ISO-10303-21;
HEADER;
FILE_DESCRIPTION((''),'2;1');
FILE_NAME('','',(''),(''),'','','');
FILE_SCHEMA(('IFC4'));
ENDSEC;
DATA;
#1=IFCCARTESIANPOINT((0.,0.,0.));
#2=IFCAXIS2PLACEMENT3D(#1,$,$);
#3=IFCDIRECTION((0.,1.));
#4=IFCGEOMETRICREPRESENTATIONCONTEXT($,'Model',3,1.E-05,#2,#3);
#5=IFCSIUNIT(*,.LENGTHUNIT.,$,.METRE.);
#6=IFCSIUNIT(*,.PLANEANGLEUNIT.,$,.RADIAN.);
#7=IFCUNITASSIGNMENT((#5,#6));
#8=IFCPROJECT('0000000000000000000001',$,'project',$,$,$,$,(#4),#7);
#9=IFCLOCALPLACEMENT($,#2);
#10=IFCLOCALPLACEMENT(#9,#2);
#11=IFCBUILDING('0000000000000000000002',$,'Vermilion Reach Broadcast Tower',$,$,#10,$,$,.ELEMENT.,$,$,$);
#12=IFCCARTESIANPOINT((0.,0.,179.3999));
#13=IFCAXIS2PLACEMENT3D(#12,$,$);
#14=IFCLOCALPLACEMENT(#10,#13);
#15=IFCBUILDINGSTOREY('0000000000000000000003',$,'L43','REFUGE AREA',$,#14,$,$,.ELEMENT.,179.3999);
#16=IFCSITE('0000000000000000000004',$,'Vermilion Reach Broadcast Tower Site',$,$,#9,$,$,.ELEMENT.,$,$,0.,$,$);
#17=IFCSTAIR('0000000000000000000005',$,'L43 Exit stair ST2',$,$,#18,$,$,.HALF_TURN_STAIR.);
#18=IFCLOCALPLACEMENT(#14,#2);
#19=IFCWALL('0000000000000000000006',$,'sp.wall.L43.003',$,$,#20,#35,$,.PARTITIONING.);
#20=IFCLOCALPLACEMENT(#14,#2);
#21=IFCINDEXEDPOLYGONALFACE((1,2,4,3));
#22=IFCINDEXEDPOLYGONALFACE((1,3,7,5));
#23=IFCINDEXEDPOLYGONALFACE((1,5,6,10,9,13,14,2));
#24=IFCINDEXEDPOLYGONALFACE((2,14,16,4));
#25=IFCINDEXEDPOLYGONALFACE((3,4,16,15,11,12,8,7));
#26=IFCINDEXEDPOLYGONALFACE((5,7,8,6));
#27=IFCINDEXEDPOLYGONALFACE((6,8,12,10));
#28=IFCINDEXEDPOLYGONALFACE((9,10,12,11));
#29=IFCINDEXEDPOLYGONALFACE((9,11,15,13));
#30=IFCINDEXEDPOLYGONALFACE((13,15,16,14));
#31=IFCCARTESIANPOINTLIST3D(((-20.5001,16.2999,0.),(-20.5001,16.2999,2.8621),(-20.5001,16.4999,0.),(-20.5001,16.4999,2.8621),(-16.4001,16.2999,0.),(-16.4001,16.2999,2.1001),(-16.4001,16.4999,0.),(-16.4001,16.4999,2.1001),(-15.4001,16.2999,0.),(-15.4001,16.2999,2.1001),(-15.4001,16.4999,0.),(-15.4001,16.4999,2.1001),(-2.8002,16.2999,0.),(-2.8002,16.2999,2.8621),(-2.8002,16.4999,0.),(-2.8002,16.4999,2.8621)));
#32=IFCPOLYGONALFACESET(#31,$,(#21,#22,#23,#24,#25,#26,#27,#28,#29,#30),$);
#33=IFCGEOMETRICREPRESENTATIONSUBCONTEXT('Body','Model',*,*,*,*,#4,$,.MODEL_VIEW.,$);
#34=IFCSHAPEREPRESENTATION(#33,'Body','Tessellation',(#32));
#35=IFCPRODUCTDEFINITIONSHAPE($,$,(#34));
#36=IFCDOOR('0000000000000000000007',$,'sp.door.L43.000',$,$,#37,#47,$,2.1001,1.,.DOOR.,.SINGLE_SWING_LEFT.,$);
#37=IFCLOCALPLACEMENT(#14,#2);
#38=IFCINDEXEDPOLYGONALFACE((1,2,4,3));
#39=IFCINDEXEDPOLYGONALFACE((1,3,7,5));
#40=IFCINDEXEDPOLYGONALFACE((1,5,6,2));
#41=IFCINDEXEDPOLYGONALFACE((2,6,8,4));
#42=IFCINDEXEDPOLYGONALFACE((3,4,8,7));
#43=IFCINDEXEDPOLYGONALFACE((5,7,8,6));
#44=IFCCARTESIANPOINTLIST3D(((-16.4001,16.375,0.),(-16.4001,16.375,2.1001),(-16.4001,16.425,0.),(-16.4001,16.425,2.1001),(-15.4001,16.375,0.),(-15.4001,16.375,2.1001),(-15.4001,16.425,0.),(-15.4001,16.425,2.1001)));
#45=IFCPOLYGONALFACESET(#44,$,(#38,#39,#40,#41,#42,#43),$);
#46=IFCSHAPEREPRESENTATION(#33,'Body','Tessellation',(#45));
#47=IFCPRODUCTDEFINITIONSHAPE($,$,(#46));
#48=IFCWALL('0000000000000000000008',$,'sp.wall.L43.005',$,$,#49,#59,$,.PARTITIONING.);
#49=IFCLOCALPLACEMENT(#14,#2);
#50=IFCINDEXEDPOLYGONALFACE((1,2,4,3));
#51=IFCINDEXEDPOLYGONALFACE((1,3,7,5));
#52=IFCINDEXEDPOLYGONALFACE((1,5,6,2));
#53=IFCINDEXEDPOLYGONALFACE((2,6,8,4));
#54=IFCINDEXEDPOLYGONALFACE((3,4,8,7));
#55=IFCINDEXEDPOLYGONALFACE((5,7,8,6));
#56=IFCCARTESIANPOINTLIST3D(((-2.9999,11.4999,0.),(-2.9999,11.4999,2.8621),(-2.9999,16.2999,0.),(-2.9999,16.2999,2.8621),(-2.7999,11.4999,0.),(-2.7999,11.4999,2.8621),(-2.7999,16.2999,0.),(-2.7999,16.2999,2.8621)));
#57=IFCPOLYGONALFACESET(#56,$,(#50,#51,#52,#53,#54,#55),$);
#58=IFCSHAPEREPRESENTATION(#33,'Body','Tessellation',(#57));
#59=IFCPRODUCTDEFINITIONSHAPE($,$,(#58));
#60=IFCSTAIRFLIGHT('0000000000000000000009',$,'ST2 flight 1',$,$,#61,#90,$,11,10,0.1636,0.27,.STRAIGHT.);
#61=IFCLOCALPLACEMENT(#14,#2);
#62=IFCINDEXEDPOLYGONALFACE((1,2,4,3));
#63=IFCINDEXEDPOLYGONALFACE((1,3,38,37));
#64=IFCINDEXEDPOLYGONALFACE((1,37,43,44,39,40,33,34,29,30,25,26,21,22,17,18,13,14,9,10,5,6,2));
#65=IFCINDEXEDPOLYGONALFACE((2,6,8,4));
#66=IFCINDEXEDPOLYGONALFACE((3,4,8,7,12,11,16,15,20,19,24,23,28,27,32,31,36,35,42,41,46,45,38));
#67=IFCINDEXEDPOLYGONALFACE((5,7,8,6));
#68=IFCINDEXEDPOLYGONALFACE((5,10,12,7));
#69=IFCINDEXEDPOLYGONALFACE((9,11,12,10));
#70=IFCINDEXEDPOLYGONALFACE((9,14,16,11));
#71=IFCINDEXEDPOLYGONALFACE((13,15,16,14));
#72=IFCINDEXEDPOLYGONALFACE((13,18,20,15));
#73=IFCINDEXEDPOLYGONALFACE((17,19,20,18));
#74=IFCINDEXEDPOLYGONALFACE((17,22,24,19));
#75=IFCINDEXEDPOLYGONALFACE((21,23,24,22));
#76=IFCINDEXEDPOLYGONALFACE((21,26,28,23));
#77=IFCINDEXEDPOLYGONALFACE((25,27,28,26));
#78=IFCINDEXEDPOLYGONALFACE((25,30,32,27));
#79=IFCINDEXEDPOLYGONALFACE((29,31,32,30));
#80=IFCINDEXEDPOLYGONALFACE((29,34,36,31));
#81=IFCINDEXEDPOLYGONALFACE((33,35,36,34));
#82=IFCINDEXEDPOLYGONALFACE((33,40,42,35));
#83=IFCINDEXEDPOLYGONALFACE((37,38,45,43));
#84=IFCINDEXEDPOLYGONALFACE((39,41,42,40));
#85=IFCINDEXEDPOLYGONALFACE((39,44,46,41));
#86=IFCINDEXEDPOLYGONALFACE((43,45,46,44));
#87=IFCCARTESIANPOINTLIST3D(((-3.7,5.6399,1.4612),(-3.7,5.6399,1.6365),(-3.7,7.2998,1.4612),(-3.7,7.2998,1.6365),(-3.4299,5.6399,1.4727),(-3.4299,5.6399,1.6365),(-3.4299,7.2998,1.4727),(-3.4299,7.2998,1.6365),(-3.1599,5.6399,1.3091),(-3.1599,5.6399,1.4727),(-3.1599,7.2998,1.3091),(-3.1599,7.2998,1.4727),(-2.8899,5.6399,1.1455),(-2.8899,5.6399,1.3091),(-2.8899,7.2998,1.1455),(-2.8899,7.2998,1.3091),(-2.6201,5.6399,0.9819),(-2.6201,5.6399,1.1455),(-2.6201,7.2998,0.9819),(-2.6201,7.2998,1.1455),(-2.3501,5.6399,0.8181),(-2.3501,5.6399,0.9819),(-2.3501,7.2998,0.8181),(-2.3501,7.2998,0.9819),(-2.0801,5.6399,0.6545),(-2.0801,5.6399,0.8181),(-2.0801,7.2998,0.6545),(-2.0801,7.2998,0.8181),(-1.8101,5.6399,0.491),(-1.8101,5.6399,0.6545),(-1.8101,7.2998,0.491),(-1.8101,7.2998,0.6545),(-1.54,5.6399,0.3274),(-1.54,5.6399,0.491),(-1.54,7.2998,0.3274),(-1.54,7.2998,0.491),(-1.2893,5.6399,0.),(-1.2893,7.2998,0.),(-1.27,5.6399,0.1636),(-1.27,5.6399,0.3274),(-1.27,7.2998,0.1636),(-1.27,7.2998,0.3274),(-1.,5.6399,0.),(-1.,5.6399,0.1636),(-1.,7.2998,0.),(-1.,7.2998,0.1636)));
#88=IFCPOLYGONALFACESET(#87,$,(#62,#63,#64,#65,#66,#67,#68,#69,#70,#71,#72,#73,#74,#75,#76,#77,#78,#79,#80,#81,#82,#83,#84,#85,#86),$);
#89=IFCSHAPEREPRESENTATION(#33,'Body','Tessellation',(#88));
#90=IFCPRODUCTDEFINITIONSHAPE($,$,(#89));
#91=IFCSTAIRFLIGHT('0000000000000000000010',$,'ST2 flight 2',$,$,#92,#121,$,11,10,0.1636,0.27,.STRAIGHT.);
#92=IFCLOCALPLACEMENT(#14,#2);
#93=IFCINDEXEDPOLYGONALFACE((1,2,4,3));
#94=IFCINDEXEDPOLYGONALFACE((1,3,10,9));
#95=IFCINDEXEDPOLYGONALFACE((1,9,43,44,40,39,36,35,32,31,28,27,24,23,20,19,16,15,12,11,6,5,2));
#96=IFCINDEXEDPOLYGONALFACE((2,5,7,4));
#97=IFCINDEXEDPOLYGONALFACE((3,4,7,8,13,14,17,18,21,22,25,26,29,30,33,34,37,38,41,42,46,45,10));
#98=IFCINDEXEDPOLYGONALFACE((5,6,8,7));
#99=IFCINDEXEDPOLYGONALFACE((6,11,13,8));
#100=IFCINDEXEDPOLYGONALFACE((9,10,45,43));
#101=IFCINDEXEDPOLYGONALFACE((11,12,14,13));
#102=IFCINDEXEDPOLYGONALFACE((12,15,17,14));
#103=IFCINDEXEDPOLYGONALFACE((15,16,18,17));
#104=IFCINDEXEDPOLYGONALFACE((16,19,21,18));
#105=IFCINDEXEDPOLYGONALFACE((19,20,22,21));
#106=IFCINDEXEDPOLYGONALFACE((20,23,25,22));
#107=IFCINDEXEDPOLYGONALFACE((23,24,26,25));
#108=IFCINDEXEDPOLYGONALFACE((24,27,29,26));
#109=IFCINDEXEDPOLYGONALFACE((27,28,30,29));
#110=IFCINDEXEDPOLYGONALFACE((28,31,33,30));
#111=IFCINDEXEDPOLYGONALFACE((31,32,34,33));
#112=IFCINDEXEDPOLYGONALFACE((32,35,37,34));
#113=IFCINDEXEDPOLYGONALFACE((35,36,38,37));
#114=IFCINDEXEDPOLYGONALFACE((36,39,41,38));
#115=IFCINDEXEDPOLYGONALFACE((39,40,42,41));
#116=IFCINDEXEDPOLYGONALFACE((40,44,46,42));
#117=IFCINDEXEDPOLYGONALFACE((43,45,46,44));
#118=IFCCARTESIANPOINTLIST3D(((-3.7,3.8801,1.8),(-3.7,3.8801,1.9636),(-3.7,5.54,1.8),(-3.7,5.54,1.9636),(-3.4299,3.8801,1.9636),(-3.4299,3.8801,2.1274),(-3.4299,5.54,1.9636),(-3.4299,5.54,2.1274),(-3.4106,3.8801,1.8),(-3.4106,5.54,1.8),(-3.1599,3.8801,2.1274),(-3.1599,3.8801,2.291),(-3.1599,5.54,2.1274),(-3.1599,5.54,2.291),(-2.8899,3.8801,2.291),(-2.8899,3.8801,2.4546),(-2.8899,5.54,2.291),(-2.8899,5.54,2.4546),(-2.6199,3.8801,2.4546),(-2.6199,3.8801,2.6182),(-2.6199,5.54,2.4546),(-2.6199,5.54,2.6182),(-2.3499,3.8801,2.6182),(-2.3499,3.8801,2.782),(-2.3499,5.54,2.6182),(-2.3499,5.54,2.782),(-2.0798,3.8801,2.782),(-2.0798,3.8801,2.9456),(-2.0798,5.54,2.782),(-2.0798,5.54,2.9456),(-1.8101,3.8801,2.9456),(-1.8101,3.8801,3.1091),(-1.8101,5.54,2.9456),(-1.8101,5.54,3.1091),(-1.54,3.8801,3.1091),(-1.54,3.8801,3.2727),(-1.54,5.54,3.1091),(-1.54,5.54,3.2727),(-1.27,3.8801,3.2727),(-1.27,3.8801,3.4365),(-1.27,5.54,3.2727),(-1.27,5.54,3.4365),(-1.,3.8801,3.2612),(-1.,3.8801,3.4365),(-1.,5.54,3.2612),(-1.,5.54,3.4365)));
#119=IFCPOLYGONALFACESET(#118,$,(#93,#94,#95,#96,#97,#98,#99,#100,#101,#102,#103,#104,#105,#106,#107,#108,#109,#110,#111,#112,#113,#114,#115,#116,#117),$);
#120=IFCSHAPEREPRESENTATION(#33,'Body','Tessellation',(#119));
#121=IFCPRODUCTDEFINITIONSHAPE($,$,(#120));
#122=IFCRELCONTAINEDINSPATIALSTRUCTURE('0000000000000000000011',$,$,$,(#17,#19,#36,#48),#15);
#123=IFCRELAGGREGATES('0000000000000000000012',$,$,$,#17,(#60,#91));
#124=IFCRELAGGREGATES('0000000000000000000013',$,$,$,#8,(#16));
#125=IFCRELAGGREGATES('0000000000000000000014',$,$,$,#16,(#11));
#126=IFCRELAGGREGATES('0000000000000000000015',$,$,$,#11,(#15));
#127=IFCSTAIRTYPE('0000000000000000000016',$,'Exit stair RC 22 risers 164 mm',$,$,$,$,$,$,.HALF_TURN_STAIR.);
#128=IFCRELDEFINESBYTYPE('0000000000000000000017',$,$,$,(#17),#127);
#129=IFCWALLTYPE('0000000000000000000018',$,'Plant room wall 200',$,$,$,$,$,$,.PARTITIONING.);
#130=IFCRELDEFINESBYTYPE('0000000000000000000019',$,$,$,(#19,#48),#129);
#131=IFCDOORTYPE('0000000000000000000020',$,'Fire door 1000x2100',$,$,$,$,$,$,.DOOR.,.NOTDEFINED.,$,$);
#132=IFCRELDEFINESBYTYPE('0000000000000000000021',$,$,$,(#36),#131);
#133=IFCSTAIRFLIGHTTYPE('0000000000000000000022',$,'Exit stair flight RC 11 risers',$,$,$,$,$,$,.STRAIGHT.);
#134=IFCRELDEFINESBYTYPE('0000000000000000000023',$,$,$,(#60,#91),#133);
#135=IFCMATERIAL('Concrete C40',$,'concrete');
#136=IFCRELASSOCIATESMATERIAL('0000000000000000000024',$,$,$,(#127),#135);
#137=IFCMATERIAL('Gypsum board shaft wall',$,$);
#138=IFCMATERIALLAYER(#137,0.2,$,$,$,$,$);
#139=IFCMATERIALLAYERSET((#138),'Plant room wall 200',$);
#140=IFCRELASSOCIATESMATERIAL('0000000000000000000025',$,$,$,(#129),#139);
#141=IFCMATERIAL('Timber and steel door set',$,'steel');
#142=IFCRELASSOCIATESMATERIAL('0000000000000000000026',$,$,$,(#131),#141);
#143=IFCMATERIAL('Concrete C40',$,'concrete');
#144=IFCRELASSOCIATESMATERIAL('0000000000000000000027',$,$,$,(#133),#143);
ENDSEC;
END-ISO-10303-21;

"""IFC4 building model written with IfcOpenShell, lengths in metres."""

from ifc_helpers import new_model, si_unit, direction, frame, frame_2d, origin, place, context, subcontext, project, spatial, polyline, rectangle, outline, extrude, material, layer, layer_set, type_object, element, fill, aggregate, save


model = new_model("IFC4")

# Units and contexts
model_context = context("Model", 3, precision=1e-05, world=origin(), true_north=direction((0.0, 1.0)))
body_context = subcontext(model_context, "Body", "Model", "MODEL_VIEW")
ifc_project = project(units=[si_unit("LENGTHUNIT", "METRE"), si_unit("PLANEANGLEUNIT", "RADIAN")], contexts=[model_context])

# Site, building, storey
site_placement = place(None, origin())
site = spatial("IfcSite", under=ifc_project, at=site_placement, Name="Vermilion Reach Broadcast Tower Site", CompositionType="ELEMENT", RefElevation=0.0)
building_placement = place(site_placement, origin())
building = spatial("IfcBuilding", under=site, at=building_placement, Name="Vermilion Reach Broadcast Tower", CompositionType="ELEMENT")
storey_placement = place(building_placement, frame((0.0, 0.0, 179.3999)))
storey = spatial("IfcBuildingStorey", under=building, at=storey_placement, Name="L43", Description="REFUGE AREA", CompositionType="ELEMENT", Elevation=179.3999)

# Stair
ifc_material_1 = material(Name="Concrete C40", Category="concrete")
stair_type = type_object("IfcStairType", Name="Exit stair RC 22 risers 164 mm", PredefinedType="HALF_TURN_STAIR", material=ifc_material_1)
placement_1 = place(storey_placement, origin())
stair_1 = element("IfcStair", 1, at=placement_1, inside=storey, type_object=stair_type, Name="L43 Exit stair ST2", PredefinedType="HALF_TURN_STAIR")

# Wall, opening, door
ifc_material_2 = material(Name="Gypsum board shaft wall")
ifc_layer_1 = layer(ifc_material_2, 0.2)
ifc_layer_set_1 = layer_set([ifc_layer_1], Name="Plant room wall 200")
wall_type_1 = type_object("IfcWallType", Name="Plant room wall 200", PredefinedType="PARTITIONING", material=ifc_layer_set_1)
wall_1_placement = place(storey_placement, frame((-2.8, 16.3999, 0.0), z_axis=(0.0, 0.0, 1.0), x_axis=(-1.0, 0.0, 0.0)))
wall_1 = element("IfcWall", 2, at=wall_1_placement, inside=storey, type_object=wall_type_1, Name="sp.wall.L43.003", PredefinedType="PARTITIONING", context=body_context, shape_type="SweptSolid", body=[
    extrude(rectangle(XDim=17.7, YDim=0.2, at=frame_2d((8.8501, 0.0))), origin(), (0.0, 0.0, 1.0), 2.8621),
])
opening_1_placement = place(wall_1_placement, frame((12.6001, 0.0, 0.0)))
opening_1 = element("IfcOpeningElement", 3, at=opening_1_placement, cuts=wall_1, PredefinedType="OPENING", context=body_context, shape_type="SweptSolid", body=[
    extrude(rectangle(XDim=1.0, YDim=2.1001, at=frame_2d((0.5, 1.05))), frame((0.0, 0.1099, 0.0), z_axis=(0.0, -1.0, 0.0), x_axis=(1.0, 0.0, 0.0)), (0.0, 0.0, 1.0), 0.22),
])
ifc_material_3 = material(Name="Timber and steel door set", Category="steel")
door_type_1 = type_object("IfcDoorType", Name="Fire door 1000x2100", OperationType="NOTDEFINED", PredefinedType="DOOR", material=ifc_material_3)
door_1_placement = place(opening_1_placement, origin())
door_1 = element("IfcDoor", 4, at=door_1_placement, inside=storey, type_object=door_type_1, Name="sp.door.L43.000", OperationType="SINGLE_SWING_LEFT", OverallHeight=2.1001, OverallWidth=1.0, PredefinedType="DOOR", context=body_context, shape_type="SweptSolid", body=[
    extrude(rectangle(XDim=1.0, YDim=2.1001, at=frame_2d((0.5, 1.05))), frame((0.0, 0.0249, 0.0), z_axis=(0.0, -1.0, 0.0), x_axis=(1.0, 0.0, 0.0)), (0.0, 0.0, 1.0), 0.05),
])
fill(opening_1, door_1)

# Wall
wall_2_placement = place(storey_placement, frame((-2.8999, 11.5, 0.0), z_axis=(0.0, 0.0, 1.0), x_axis=(0.0, 1.0, 0.0)))
element("IfcWall", 5, at=wall_2_placement, inside=storey, type_object=wall_type_1, Name="sp.wall.L43.005", PredefinedType="PARTITIONING", context=body_context, shape_type="SweptSolid", body=[
    extrude(rectangle(XDim=4.8, YDim=0.2, at=frame_2d((2.3999, 0.0))), origin(), (0.0, 0.0, 1.0), 2.8621),
])

# Stair flights
ifc_material_4 = material(Name="Concrete C40", Category="concrete")
stair_flight_type = type_object("IfcStairFlightType", Name="Exit stair flight RC 11 risers", PredefinedType="STRAIGHT", material=ifc_material_4)
stair_flight_1_placement = place(storey_placement, frame((-1.0, 6.47, 0.0), z_axis=(0.0, 0.0, 1.0), x_axis=(-1.0, 0.0, 0.0)))
stair_flight_1 = element("IfcStairFlight", 6, at=stair_flight_1_placement, type_object=stair_flight_type, Name="ST2 flight 1", NumberOfRisers=11, NumberOfTreads=10, PredefinedType="STRAIGHT", RiserHeight=0.1636, TreadLength=0.27, context=body_context, shape_type="SweptSolid", body=[
    extrude(outline(polyline([(0.0, 0.0), (0.0, 0.1636), (0.27, 0.1636), (0.27, 0.3274), (0.54, 0.3274), (0.54, 0.491), (0.8101, 0.491), (0.8101, 0.6545), (1.0801, 0.6545), (1.0801, 0.8181), (1.3501, 0.8181), (1.3501, 0.9819), (1.6201, 0.9819), (1.6201, 1.1455), (1.8899, 1.1455), (1.8899, 1.3091), (2.1599, 1.3091), (2.1599, 1.4727), (2.4299, 1.4727), (2.4299, 1.6365), (2.7, 1.6365), (2.7, 1.8), (2.7, 1.4612), (0.2893, 0.0), (0.0, 0.0)])), frame((0.0, 0.8301, 0.0), z_axis=(0.0, -1.0, 0.0), x_axis=(1.0, 0.0, 0.0)), (0.0, 0.0, 1.0), 1.6599),
])
stair_flight_2_placement = place(storey_placement, frame((-3.7, 4.71, 1.8), z_axis=(0.0, 0.0, 1.0), x_axis=(1.0, 0.0, 0.0)))
stair_flight_2 = element("IfcStairFlight", 7, at=stair_flight_2_placement, type_object=stair_flight_type, Name="ST2 flight 2", NumberOfRisers=11, NumberOfTreads=10, PredefinedType="STRAIGHT", RiserHeight=0.1636, TreadLength=0.27, context=body_context, shape_type="SweptSolid", body=[
    extrude(outline(polyline([(0.0, 0.0), (0.0, 0.1636), (0.27, 0.1636), (0.27, 0.3274), (0.54, 0.3274), (0.54, 0.491), (0.8101, 0.491), (0.8101, 0.6545), (1.0801, 0.6545), (1.0801, 0.8181), (1.3501, 0.8181), (1.3501, 0.9819), (1.6201, 0.9819), (1.6201, 1.1455), (1.8899, 1.1455), (1.8899, 1.3091), (2.1599, 1.3091), (2.1599, 1.4727), (2.4299, 1.4727), (2.4299, 1.6365), (2.7, 1.6365), (2.7, 1.8), (2.7, 1.4612), (0.2893, 0.0), (0.0, 0.0)])), frame((0.0, 0.8301, 0.0), z_axis=(0.0, -1.0, 0.0), x_axis=(1.0, 0.0, 0.0)), (0.0, 0.0, 1.0), 1.6599),
])
aggregate(stair_1, [stair_flight_1, stair_flight_2])

save(model, "model.ifc")
